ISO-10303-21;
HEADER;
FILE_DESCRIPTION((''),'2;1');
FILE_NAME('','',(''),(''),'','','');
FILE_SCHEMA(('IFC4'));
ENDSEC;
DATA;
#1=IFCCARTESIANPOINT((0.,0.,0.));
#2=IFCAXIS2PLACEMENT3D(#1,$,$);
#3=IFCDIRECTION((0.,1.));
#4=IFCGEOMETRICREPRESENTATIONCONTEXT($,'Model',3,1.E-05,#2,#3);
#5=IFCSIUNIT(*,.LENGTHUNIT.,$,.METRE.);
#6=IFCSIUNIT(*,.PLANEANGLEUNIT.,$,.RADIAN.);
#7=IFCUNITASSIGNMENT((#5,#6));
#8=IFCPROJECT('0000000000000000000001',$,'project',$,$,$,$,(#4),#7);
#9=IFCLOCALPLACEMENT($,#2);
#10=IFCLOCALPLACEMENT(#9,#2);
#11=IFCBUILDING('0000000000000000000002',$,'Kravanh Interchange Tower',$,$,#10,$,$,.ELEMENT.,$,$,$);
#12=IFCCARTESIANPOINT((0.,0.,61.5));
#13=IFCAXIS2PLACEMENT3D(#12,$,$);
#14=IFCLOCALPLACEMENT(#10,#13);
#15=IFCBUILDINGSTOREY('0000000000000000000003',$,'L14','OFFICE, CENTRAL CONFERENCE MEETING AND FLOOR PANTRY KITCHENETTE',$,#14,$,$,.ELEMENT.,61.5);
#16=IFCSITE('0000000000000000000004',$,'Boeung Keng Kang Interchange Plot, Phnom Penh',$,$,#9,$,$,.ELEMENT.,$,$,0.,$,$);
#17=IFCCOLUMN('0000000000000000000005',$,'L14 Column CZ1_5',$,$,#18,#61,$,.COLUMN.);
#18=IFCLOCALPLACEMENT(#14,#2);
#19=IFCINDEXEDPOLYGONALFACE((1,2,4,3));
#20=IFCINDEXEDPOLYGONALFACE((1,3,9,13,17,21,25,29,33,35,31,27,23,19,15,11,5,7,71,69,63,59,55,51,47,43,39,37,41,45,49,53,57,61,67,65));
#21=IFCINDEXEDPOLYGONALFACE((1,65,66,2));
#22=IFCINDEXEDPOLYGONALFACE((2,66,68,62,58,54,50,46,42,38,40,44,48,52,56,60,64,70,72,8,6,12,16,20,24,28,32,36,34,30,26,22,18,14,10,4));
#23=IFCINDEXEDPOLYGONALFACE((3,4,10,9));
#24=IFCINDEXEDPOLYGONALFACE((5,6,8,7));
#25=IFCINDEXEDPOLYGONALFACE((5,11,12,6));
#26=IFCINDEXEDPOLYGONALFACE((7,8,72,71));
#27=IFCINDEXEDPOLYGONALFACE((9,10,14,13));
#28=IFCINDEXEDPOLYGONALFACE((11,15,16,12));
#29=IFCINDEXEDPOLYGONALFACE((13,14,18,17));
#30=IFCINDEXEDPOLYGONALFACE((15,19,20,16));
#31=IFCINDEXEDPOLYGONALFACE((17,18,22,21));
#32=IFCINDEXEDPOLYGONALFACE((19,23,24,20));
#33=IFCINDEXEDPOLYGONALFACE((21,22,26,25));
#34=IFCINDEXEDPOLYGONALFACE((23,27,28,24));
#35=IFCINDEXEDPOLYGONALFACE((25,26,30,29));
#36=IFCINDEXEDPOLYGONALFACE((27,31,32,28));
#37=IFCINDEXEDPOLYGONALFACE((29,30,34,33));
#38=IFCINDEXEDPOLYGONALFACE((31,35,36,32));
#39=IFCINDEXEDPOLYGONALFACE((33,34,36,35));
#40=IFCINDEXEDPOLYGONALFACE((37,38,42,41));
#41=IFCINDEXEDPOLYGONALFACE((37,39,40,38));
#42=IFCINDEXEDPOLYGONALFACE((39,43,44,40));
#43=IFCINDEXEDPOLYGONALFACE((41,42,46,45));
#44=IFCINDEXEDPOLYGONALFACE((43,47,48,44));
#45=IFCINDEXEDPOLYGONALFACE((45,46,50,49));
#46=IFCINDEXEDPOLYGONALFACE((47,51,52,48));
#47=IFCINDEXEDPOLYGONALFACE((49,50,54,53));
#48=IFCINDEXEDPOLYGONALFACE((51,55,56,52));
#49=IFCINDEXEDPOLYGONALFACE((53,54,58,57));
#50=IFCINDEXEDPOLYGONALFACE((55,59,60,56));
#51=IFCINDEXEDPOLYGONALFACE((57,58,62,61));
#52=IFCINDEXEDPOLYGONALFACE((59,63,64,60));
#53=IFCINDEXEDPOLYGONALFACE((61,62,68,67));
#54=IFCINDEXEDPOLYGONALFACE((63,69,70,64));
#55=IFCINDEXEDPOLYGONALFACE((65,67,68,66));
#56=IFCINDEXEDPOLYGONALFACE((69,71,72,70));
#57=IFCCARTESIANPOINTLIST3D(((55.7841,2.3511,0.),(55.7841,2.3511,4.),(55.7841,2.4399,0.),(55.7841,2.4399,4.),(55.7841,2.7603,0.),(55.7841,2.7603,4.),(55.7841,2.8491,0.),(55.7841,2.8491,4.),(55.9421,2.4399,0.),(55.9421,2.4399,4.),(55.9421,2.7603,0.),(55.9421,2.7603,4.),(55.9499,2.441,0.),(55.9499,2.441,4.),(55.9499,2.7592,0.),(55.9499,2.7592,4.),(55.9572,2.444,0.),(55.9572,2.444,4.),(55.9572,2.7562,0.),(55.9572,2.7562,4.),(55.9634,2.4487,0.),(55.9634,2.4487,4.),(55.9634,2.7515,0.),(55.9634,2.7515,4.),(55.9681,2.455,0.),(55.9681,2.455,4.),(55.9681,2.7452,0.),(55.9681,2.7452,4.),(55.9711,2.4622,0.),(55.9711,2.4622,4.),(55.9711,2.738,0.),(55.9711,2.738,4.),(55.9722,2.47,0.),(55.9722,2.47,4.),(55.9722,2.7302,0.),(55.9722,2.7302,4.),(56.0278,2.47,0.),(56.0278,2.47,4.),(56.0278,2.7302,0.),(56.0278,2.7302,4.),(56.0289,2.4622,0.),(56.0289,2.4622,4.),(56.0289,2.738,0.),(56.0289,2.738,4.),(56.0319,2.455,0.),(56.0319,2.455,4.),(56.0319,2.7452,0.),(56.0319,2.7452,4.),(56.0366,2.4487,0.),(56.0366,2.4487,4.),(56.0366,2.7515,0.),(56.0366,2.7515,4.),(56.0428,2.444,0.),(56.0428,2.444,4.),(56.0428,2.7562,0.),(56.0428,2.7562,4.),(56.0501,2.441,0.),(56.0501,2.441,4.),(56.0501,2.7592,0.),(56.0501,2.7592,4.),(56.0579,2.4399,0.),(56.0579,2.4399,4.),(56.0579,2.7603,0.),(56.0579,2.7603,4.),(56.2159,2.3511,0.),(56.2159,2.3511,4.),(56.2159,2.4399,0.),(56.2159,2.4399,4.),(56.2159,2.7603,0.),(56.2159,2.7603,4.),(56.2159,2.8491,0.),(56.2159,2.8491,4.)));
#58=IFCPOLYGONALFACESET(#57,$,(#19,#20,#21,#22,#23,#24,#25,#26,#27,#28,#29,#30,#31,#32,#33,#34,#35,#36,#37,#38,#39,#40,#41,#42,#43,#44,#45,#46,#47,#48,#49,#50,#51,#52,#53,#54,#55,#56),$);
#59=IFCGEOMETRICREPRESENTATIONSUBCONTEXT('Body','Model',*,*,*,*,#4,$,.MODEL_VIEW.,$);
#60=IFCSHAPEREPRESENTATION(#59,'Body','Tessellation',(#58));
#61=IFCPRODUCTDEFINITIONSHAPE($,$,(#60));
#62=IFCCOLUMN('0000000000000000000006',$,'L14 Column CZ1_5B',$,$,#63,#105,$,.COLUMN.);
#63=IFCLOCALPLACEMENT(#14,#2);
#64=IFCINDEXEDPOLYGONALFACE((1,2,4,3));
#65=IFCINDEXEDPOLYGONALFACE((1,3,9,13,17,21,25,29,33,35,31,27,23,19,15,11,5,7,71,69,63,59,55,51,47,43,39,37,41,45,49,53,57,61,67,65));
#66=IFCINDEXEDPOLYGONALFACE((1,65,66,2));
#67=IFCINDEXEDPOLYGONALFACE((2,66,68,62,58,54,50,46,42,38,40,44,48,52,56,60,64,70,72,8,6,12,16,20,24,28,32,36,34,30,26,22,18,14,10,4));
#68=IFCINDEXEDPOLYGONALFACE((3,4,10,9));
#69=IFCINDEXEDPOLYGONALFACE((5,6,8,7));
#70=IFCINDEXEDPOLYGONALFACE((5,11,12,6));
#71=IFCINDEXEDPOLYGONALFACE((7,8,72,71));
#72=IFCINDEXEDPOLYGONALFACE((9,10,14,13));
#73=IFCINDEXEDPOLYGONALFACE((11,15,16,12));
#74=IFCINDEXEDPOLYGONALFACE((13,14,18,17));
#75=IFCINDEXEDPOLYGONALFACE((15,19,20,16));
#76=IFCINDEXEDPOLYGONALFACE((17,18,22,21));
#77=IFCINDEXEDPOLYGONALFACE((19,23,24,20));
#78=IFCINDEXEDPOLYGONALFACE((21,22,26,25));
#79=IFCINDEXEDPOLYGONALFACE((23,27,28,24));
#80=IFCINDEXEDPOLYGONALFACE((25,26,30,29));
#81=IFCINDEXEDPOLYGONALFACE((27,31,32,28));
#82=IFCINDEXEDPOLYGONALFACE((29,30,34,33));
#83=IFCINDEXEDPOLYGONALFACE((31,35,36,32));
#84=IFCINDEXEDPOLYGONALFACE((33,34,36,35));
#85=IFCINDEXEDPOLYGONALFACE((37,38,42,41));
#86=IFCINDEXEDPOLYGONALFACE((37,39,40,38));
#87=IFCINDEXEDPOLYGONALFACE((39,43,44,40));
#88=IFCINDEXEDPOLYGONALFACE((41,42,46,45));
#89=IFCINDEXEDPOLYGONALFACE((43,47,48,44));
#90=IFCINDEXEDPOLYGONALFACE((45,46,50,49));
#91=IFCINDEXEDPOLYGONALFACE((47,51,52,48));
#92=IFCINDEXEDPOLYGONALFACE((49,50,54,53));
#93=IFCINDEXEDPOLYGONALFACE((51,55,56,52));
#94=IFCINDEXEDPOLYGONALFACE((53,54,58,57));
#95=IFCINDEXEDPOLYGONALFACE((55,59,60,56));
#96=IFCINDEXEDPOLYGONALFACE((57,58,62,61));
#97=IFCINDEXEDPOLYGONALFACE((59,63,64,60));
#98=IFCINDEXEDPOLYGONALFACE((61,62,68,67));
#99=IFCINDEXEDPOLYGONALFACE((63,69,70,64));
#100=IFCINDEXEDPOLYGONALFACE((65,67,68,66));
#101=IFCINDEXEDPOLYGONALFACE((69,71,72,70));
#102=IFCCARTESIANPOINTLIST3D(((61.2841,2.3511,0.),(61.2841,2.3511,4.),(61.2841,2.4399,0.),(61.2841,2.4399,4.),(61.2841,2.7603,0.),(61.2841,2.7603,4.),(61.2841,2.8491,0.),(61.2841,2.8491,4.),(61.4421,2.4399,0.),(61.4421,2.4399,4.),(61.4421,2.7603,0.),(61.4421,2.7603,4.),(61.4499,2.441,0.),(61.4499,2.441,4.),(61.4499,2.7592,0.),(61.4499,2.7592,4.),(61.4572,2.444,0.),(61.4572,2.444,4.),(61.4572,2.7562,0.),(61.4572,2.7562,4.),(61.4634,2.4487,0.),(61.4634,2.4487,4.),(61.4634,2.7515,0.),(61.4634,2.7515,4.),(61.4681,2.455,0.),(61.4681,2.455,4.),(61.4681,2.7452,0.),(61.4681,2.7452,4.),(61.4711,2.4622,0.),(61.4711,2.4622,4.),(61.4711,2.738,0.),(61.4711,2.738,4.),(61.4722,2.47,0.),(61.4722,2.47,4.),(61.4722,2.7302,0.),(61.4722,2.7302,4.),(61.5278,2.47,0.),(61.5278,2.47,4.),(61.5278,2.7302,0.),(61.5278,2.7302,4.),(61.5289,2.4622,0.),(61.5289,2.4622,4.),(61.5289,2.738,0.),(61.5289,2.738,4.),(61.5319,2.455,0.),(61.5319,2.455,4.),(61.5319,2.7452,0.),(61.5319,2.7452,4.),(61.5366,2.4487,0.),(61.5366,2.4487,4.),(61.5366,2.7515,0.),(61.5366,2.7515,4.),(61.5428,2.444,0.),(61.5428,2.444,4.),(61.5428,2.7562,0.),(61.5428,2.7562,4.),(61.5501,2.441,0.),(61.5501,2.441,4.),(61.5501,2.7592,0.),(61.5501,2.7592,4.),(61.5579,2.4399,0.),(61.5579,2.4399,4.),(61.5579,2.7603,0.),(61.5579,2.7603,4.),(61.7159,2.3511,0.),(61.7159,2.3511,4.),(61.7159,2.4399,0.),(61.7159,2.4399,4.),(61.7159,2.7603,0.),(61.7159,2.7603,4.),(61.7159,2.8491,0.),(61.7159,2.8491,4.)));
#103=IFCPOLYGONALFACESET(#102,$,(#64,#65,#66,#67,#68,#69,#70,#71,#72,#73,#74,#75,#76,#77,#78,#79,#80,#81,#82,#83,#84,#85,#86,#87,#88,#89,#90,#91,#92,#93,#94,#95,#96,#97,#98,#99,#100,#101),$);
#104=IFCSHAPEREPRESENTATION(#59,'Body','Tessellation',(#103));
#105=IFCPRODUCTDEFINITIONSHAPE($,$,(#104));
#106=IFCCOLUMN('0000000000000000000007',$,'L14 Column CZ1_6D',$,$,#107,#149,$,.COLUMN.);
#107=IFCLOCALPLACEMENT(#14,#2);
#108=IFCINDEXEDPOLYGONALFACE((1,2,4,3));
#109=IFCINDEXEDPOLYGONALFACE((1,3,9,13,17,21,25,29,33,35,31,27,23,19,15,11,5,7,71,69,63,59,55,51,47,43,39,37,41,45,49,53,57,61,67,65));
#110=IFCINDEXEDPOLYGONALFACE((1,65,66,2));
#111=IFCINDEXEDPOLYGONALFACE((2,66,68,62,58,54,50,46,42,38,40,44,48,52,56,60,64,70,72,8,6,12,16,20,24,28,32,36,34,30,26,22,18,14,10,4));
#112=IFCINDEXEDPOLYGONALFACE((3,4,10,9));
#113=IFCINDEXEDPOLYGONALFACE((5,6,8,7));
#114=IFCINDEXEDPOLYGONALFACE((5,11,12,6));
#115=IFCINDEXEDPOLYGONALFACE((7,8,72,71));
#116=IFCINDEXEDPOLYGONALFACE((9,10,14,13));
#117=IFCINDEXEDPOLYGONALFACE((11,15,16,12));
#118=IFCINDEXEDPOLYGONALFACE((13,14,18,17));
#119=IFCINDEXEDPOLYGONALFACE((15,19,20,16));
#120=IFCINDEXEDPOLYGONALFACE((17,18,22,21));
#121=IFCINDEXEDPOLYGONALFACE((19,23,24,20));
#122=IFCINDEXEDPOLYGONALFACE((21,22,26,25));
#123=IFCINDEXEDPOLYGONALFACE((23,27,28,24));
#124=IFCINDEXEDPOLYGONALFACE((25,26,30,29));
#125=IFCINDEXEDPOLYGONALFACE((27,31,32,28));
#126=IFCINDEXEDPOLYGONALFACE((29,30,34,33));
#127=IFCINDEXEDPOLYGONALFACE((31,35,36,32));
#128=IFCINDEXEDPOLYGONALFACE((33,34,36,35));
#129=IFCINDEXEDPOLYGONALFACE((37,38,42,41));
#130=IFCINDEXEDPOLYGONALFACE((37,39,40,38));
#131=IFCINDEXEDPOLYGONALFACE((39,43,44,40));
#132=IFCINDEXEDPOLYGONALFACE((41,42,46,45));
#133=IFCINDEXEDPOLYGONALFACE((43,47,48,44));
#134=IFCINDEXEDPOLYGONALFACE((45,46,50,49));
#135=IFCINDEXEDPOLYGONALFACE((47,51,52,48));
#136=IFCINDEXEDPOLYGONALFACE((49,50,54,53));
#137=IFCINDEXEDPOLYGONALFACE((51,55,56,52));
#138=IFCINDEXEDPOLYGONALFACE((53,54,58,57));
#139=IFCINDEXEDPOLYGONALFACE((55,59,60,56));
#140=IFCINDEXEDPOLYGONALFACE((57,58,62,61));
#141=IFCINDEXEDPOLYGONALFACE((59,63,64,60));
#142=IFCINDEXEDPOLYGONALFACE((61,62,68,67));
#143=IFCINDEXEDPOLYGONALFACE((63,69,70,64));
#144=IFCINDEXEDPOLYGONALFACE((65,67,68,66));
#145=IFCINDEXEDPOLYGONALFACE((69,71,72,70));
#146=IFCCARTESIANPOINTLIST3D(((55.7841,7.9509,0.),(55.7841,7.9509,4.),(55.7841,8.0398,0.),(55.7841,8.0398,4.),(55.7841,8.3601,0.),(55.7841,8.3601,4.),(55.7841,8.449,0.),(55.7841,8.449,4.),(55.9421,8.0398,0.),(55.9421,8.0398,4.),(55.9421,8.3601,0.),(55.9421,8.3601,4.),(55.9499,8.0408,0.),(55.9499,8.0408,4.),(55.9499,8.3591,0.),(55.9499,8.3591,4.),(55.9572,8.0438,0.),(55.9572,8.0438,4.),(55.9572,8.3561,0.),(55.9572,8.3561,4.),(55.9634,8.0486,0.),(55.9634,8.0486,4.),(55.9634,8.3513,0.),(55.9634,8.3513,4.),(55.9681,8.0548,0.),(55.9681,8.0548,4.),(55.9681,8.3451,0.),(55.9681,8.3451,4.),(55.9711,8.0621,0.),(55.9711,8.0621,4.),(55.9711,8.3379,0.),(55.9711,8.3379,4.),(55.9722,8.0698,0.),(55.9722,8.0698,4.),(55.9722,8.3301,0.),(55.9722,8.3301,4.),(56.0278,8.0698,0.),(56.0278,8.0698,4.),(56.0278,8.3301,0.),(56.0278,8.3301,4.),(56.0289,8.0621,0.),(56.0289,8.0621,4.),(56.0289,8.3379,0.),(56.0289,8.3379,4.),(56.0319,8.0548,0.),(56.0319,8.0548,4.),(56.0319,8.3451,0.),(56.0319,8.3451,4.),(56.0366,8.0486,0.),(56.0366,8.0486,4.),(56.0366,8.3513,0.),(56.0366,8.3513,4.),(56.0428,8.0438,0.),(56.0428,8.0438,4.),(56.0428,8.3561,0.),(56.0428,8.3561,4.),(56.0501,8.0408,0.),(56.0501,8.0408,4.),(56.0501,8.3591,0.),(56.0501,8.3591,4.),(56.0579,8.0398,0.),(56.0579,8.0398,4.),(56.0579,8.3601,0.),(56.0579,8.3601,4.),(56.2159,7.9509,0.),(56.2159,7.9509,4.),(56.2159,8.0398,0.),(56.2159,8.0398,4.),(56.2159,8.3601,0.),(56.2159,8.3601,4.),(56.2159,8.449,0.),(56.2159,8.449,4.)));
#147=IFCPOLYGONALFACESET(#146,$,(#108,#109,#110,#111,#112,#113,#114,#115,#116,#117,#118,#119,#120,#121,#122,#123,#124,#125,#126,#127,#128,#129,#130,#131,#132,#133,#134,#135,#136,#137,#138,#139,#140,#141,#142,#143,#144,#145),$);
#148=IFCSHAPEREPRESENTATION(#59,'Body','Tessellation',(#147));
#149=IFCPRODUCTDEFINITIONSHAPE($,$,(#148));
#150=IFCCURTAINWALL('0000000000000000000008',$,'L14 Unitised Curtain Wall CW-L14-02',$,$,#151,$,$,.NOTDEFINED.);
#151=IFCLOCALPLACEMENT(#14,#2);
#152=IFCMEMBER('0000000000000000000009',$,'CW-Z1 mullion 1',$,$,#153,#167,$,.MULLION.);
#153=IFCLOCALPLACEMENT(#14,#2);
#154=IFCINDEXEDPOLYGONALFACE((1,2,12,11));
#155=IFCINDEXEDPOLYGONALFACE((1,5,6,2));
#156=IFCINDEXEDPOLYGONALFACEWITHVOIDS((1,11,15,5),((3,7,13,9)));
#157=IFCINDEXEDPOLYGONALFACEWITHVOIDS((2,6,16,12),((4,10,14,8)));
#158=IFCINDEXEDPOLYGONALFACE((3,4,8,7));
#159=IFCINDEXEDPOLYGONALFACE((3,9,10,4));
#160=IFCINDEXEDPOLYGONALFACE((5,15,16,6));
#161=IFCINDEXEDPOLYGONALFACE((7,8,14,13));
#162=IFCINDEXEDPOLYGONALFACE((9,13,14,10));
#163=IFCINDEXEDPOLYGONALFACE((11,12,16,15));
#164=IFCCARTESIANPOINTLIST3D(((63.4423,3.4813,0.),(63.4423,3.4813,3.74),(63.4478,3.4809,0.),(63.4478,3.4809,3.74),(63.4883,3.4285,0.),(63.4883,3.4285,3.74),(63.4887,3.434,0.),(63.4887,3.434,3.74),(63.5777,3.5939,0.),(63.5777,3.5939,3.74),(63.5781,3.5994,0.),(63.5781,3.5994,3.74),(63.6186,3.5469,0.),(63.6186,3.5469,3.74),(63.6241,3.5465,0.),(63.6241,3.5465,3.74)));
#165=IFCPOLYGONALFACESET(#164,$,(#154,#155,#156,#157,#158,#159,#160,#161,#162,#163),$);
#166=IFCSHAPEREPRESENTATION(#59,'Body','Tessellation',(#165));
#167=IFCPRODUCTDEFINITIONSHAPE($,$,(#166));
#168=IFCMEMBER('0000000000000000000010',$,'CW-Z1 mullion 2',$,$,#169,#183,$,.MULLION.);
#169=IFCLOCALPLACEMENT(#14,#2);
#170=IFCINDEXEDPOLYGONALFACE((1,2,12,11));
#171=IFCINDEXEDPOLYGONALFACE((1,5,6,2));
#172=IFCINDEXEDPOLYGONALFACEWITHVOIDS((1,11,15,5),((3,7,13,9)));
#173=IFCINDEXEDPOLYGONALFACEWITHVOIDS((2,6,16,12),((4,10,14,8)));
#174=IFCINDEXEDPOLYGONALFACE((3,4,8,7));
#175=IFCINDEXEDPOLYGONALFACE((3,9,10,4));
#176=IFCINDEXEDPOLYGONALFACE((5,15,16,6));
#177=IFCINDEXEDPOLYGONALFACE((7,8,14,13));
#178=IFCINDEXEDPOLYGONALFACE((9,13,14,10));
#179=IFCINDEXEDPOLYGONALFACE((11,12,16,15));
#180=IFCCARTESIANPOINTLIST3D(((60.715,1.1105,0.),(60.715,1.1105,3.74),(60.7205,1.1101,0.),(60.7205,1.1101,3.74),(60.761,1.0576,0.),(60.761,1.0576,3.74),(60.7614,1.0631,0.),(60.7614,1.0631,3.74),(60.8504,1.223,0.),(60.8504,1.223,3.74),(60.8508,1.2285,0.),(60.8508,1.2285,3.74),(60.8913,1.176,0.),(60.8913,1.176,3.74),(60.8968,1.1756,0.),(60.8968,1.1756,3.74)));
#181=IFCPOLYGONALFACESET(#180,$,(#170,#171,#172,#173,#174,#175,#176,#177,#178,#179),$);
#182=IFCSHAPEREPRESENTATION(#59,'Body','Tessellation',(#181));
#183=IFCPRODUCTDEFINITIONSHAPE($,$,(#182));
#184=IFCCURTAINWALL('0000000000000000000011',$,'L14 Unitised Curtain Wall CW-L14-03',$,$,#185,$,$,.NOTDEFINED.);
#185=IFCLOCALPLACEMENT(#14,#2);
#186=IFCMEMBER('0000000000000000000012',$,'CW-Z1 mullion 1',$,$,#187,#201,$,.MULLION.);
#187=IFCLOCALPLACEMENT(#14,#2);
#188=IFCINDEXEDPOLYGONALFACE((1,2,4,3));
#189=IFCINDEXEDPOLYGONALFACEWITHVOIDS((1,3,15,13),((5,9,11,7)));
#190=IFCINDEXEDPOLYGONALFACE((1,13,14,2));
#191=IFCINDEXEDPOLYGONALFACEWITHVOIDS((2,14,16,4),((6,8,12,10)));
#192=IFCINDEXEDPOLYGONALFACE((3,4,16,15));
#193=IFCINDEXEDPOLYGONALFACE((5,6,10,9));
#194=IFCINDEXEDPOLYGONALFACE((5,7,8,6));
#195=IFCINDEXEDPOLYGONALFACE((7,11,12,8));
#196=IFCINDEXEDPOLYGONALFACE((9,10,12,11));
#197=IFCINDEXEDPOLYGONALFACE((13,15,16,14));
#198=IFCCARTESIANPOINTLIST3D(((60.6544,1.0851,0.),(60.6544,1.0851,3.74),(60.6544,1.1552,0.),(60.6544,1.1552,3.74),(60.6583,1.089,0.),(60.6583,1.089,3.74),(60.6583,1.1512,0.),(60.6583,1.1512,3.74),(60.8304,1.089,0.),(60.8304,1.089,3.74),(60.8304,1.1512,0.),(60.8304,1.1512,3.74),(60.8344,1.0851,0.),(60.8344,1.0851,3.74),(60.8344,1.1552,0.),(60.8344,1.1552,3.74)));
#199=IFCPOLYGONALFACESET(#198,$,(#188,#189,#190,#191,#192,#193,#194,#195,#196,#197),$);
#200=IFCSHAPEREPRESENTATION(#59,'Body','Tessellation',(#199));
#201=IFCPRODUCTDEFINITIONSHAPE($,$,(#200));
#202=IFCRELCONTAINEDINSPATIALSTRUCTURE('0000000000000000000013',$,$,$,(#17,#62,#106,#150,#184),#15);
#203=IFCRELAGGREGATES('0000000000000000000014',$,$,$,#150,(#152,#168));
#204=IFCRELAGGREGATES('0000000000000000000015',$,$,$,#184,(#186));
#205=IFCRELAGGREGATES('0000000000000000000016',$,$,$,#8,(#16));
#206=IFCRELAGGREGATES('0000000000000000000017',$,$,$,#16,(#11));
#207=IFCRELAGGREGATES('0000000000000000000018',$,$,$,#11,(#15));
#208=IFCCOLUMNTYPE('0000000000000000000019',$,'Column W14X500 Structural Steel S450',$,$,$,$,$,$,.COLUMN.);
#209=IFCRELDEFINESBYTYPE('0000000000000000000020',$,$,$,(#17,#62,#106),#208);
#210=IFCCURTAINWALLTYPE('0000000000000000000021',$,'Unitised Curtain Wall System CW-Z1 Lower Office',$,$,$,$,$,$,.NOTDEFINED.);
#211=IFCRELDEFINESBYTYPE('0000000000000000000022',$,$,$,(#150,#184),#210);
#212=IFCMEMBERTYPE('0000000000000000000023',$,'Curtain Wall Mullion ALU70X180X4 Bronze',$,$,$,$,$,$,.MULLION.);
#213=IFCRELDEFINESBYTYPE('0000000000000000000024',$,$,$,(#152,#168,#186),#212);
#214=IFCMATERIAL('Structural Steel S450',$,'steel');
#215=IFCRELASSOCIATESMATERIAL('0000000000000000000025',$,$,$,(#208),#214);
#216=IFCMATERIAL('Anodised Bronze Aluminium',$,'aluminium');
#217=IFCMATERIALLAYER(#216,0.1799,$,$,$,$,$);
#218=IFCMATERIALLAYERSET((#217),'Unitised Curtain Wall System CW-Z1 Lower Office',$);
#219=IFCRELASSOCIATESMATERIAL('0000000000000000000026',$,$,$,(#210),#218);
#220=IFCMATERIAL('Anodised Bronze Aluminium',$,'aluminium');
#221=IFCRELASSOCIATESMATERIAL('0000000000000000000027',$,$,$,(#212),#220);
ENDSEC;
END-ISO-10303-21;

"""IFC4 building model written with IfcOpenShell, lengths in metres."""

from ifc_helpers import new_model, si_unit, direction, frame, origin, origin_2d, place, context, subcontext, project, spatial, hollow_rectangle, i_section, extrude, material, layer, layer_set, material_profile, profile_set, type_object, element, aggregate, save


model = new_model("IFC4")

# Units and contexts
model_context = context("Model", 3, precision=1e-05, world=origin(), true_north=direction((0.0, 1.0)))
body_context = subcontext(model_context, "Body", "Model", "MODEL_VIEW")
ifc_project = project(units=[si_unit("LENGTHUNIT", "METRE"), si_unit("PLANEANGLEUNIT", "RADIAN")], contexts=[model_context])

# Site, building, storey
site_placement = place(None, origin())
site = spatial("IfcSite", under=ifc_project, at=site_placement, Name="Boeung Keng Kang Interchange Plot, Phnom Penh", CompositionType="ELEMENT", RefElevation=0.0)
building_placement = place(site_placement, origin())
building = spatial("IfcBuilding", under=site, at=building_placement, Name="Kravanh Interchange Tower", CompositionType="ELEMENT")
storey_placement = place(building_placement, frame((0.0, 0.0, 61.5)))
storey = spatial("IfcBuildingStorey", under=building, at=storey_placement, Name="L14", Description="OFFICE, CENTRAL CONFERENCE MEETING AND FLOOR PANTRY KITCHENETTE", CompositionType="ELEMENT", Elevation=61.5)

# Columns
ifc_material_1 = material(Name="Structural Steel S450", Category="steel")
ifc_material_profile_1 = material_profile(ifc_material_1, i_section(OverallWidth=0.4319, OverallDepth=0.498, WebThickness=0.0557, FlangeThickness=0.0889, FilletRadius=0.03, at=origin_2d()), Name="W14X500")
ifc_profile_set_1 = profile_set([ifc_material_profile_1], Name="Structural Steel S450")
column_type = type_object("IfcColumnType", Name="Column W14X500 Structural Steel S450", PredefinedType="COLUMN", material=ifc_profile_set_1)
for number, where, z_axis, x_axis, name in (
    (1, (56.0, 2.6001, 0.0), (0.0, 0.0, 1.0), (1.0, 0.0, 0.0), "L14 Column CZ1_5"),
    (2, (61.5, 2.6001, 0.0), (0.0, 0.0, 1.0), (1.0, 0.0, 0.0), "L14 Column CZ1_5B"),
    (3, (56.0, 8.2, 0.0), (0.0, 0.0, 1.0), (1.0, 0.0, 0.0), "L14 Column CZ1_6D"),
):
    element("IfcColumn", number, at=place(storey_placement, frame(where, z_axis=z_axis, x_axis=x_axis)), inside=storey, type_object=column_type, Name=name, PredefinedType="COLUMN", context=body_context, shape_type="SweptSolid", body=[
        extrude(i_section(OverallWidth=0.4319, OverallDepth=0.498, WebThickness=0.0557, FlangeThickness=0.0889, FilletRadius=0.03, at=origin_2d()), origin(), (0.0, 0.0, 1.0), 4.0),
    ])

# Curtain walls, members
ifc_material_2 = material(Name="Anodised Bronze Aluminium", Category="aluminium")
ifc_layer_1 = layer(ifc_material_2, 0.1799)
ifc_layer_set_1 = layer_set([ifc_layer_1], Name="Unitised Curtain Wall System CW-Z1 Lower Office")
curtain_wall_type = type_object("IfcCurtainWallType", Name="Unitised Curtain Wall System CW-Z1 Lower Office", PredefinedType="NOTDEFINED", material=ifc_layer_set_1)
curtain_wall_1_placement = place(storey_placement, origin())
curtain_wall_1 = element("IfcCurtainWall", 4, at=curtain_wall_1_placement, inside=storey, type_object=curtain_wall_type, Name="L14 Unitised Curtain Wall CW-L14-02", PredefinedType="NOTDEFINED")
ifc_material_3 = material(Name="Anodised Bronze Aluminium", Category="aluminium")
ifc_material_profile_2 = material_profile(ifc_material_3, hollow_rectangle(XDim=0.0701, YDim=0.1799, WallThickness=0.0039, at=origin_2d()), Name="ALU70X180X4")
ifc_profile_set_2 = profile_set([ifc_material_profile_2], Name="Anodised Bronze Aluminium")
member_type_1 = type_object("IfcMemberType", Name="Curtain Wall Mullion ALU70X180X4 Bronze", PredefinedType="MULLION", material=ifc_profile_set_2)
member_1_placement = place(storey_placement, frame((63.5332, 3.5139, 0.0), z_axis=(0.0, 0.0, 1.0), x_axis=(0.65606, -0.754708, 0.0)))
member_1 = element("IfcMember", 5, at=member_1_placement, type_object=member_type_1, Name="CW-Z1 mullion 1", PredefinedType="MULLION", context=body_context, shape_type="SweptSolid", body=[
    extrude(hollow_rectangle(XDim=0.0701, YDim=0.1799, WallThickness=0.0039, at=origin_2d()), origin(), (0.0, 0.0, 1.0), 3.74),
])
member_2_placement = place(storey_placement, frame((60.8059, 1.1431, 0.0), z_axis=(0.0, 0.0, 1.0), x_axis=(0.65606, -0.754708, 0.0)))
member_2 = element("IfcMember", 6, at=member_2_placement, type_object=member_type_1, Name="CW-Z1 mullion 2", PredefinedType="MULLION", context=body_context, shape_type="SweptSolid", body=[
    extrude(hollow_rectangle(XDim=0.0701, YDim=0.1799, WallThickness=0.0039, at=origin_2d()), origin(), (0.0, 0.0, 1.0), 3.74),
])
curtain_wall_2_placement = place(storey_placement, origin())
curtain_wall_2 = element("IfcCurtainWall", 7, at=curtain_wall_2_placement, inside=storey, type_object=curtain_wall_type, Name="L14 Unitised Curtain Wall CW-L14-03", PredefinedType="NOTDEFINED")
member_3_placement = place(storey_placement, frame((60.7444, 1.1201, 0.0), z_axis=(0.0, 0.0, 1.0), x_axis=(0.0, -1.0, 0.0)))
member_3 = element("IfcMember", 8, at=member_3_placement, type_object=member_type_1, Name="CW-Z1 mullion 1", PredefinedType="MULLION", context=body_context, shape_type="SweptSolid", body=[
    extrude(hollow_rectangle(XDim=0.0701, YDim=0.1799, WallThickness=0.0039, at=origin_2d()), origin(), (0.0, 0.0, 1.0), 3.74),
])

aggregate(curtain_wall_1, [member_1, member_2])
aggregate(curtain_wall_2, [member_3])

save(model, "model.ifc")
